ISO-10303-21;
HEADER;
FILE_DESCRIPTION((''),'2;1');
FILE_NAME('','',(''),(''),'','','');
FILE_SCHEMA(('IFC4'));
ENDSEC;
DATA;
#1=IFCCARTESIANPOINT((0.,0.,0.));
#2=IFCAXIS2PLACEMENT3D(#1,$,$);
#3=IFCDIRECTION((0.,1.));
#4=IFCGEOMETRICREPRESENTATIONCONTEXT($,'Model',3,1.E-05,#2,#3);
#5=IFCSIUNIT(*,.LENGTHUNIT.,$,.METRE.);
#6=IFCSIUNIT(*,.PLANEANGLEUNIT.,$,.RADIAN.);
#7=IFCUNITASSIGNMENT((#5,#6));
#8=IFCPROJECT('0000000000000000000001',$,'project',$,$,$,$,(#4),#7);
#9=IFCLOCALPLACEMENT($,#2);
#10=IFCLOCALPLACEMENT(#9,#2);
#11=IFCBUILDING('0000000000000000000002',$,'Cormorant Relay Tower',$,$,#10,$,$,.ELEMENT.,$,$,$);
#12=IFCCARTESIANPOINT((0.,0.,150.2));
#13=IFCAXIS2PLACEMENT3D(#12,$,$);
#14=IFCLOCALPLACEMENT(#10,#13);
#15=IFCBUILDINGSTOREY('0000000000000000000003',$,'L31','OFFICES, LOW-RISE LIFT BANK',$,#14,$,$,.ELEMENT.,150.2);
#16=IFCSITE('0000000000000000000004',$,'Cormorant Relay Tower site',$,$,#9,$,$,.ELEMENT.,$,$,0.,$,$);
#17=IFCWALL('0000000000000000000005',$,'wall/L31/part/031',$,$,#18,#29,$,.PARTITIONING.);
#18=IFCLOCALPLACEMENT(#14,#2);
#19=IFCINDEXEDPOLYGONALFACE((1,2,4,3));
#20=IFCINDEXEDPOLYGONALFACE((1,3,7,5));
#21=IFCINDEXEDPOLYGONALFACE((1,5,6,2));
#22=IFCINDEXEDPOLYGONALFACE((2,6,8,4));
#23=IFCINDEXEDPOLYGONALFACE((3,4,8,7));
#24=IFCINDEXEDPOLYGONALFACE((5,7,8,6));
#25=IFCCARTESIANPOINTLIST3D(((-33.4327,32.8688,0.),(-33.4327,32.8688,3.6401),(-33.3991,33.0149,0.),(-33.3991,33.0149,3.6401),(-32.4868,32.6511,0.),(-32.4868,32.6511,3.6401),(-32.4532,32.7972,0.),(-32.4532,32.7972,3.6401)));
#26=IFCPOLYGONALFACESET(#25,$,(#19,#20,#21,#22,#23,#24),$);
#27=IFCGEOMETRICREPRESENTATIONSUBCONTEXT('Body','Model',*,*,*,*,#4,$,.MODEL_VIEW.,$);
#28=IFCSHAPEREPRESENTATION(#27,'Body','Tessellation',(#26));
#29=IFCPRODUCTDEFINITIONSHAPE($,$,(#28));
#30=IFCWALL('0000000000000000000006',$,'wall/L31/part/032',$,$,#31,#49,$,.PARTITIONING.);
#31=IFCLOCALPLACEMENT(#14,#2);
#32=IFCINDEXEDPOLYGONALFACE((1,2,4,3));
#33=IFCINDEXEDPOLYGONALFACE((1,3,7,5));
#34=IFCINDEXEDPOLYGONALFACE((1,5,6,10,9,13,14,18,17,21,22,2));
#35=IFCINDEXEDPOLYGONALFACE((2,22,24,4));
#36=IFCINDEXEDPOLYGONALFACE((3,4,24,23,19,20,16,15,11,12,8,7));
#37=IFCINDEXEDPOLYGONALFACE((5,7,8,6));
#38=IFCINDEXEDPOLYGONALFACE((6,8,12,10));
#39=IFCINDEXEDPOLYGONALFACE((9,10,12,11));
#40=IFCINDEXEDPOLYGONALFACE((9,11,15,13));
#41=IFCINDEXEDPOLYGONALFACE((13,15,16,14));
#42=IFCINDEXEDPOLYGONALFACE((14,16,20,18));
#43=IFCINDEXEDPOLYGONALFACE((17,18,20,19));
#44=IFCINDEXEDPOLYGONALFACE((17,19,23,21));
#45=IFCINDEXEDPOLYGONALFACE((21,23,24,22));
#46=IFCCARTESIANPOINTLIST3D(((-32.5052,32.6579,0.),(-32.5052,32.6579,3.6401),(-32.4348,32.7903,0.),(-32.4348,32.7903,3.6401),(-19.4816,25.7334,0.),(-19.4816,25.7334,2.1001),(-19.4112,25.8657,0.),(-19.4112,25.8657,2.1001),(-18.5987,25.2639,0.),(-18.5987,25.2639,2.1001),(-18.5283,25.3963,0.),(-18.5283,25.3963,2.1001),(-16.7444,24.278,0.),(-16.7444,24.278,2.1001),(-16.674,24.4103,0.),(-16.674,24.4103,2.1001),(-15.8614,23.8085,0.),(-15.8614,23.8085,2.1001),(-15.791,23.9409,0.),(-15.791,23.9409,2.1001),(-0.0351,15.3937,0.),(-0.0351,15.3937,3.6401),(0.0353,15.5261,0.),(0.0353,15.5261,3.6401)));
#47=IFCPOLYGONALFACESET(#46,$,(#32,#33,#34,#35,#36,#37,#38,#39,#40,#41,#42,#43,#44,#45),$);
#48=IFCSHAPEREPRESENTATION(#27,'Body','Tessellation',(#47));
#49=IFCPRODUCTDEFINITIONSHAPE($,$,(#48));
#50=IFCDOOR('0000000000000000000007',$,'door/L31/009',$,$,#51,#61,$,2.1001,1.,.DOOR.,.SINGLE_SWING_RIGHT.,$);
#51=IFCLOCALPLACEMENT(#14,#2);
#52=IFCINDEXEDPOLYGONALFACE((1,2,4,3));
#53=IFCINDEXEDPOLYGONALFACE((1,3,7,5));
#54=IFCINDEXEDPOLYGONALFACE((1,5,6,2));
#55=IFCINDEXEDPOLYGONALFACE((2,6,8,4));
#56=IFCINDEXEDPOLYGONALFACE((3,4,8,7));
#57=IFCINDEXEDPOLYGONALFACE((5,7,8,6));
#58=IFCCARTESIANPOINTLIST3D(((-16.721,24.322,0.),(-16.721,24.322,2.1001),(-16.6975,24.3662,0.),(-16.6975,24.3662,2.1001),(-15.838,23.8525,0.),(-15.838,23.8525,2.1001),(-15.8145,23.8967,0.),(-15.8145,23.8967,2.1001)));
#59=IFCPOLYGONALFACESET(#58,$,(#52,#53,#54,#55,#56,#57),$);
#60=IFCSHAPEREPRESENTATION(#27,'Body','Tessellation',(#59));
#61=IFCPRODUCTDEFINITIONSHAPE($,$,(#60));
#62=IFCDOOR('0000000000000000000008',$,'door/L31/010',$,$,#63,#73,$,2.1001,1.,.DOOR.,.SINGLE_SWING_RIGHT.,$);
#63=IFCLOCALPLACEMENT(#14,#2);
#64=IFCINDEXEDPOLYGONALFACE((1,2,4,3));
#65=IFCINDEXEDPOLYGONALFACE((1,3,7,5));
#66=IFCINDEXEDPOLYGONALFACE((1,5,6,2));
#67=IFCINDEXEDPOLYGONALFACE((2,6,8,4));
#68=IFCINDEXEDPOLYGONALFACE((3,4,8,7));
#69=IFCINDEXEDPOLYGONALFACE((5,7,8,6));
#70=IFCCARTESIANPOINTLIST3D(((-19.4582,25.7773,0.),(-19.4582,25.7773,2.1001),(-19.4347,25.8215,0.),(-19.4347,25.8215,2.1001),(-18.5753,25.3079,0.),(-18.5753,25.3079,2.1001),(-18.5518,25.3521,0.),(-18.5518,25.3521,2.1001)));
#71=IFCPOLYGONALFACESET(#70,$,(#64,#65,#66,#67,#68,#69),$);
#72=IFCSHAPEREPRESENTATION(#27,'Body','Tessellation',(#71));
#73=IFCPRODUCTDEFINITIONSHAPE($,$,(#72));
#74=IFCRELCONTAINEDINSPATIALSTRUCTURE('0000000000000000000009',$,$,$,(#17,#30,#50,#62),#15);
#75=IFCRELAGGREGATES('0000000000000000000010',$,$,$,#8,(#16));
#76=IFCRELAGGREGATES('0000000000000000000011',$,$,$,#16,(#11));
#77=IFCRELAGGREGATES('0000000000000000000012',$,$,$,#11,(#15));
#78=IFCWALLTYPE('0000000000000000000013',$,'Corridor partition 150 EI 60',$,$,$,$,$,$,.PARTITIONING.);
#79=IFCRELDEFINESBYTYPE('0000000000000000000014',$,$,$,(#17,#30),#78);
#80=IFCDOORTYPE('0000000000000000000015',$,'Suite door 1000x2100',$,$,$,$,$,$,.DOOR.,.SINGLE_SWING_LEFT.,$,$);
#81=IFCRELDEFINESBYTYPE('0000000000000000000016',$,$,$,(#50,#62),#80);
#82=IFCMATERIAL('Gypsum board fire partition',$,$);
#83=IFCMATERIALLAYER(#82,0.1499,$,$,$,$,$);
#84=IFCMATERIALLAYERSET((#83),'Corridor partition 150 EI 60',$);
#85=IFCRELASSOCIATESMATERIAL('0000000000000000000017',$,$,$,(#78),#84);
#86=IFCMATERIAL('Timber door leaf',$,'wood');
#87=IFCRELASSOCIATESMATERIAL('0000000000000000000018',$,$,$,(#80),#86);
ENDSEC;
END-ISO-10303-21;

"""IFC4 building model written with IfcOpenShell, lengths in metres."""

from ifc_helpers import new_model, si_unit, direction, frame, frame_2d, origin, place, context, subcontext, project, spatial, rectangle, extrude, material, layer, layer_set, type_object, element, fill, save


model = new_model("IFC4")

# Units and contexts
model_context = context("Model", 3, precision=1e-05, world=origin(), true_north=direction((0.0, 1.0)))
body_context = subcontext(model_context, "Body", "Model", "MODEL_VIEW")
ifc_project = project(units=[si_unit("LENGTHUNIT", "METRE"), si_unit("PLANEANGLEUNIT", "RADIAN")], contexts=[model_context])

# Site, building, storey
site_placement = place(None, origin())
site = spatial("IfcSite", under=ifc_project, at=site_placement, Name="Cormorant Relay Tower site", CompositionType="ELEMENT", RefElevation=0.0)
building_placement = place(site_placement, origin())
building = spatial("IfcBuilding", under=site, at=building_placement, Name="Cormorant Relay Tower", CompositionType="ELEMENT")
storey_placement = place(building_placement, frame((0.0, 0.0, 150.2)))
storey = spatial("IfcBuildingStorey", under=building, at=storey_placement, Name="L31", Description="OFFICES, LOW-RISE LIFT BANK", CompositionType="ELEMENT", Elevation=150.2)

# Wall
ifc_material_1 = material(Name="Gypsum board fire partition")
ifc_layer_1 = layer(ifc_material_1, 0.1499)
ifc_layer_set_1 = layer_set([ifc_layer_1], Name="Corridor partition 150 EI 60")
wall_type_1 = type_object("IfcWallType", Name="Corridor partition 150 EI 60", PredefinedType="PARTITIONING", material=ifc_layer_set_1)
wall_1_placement = place(storey_placement, frame((-32.47, 32.7241, 0.0), z_axis=(0.0, 0.0, 1.0), x_axis=(-0.974514, 0.224327, 0.0)))
element("IfcWall", 1, at=wall_1_placement, inside=storey, type_object=wall_type_1, Name="wall/L31/part/031", PredefinedType="PARTITIONING", context=body_context, shape_type="SweptSolid", body=[
    extrude(rectangle(XDim=0.9707, YDim=0.1499, at=frame_2d((0.4854, 0.0))), origin(), (0.0, 0.0, 1.0), 3.6401),
])

# Wall, openings, doors
wall_2_placement = place(storey_placement, frame((-32.47, 32.7241, 0.0), z_axis=(0.0, 0.0, 1.0), x_axis=(0.882952, -0.469462, 0.0)))
wall_2 = element("IfcWall", 2, at=wall_2_placement, inside=storey, type_object=wall_type_1, Name="wall/L31/part/032", PredefinedType="PARTITIONING", context=body_context, shape_type="SweptSolid", body=[
    extrude(rectangle(XDim=36.7744, YDim=0.1499, at=frame_2d((18.3872, 0.0))), origin(), (0.0, 0.0, 1.0), 3.6401),
])
opening_1_placement = place(wall_2_placement, frame((17.8501, 0.0, 0.0)))
opening_1 = element("IfcOpeningElement", 3, at=opening_1_placement, cuts=wall_2, PredefinedType="OPENING", context=body_context, shape_type="SweptSolid", body=[
    extrude(rectangle(XDim=1.0, YDim=2.1001, at=frame_2d((0.5, 1.05))), frame((0.0, 0.085, 0.0), z_axis=(0.0, -1.0, 0.0), x_axis=(1.0, 0.0, 0.0)), (0.0, 0.0, 1.0), 0.1699),
])
opening_2_placement = place(wall_2_placement, frame((14.75, 0.0, 0.0)))
opening_2 = element("IfcOpeningElement", 4, at=opening_2_placement, cuts=wall_2, PredefinedType="OPENING", context=body_context, shape_type="SweptSolid", body=[
    extrude(rectangle(XDim=1.0, YDim=2.1001, at=frame_2d((0.5, 1.05))), frame((0.0, 0.085, 0.0), z_axis=(0.0, -1.0, 0.0), x_axis=(1.0, 0.0, 0.0)), (0.0, 0.0, 1.0), 0.1699),
])
ifc_material_2 = material(Name="Timber door leaf", Category="wood")
door_type_1 = type_object("IfcDoorType", Name="Suite door 1000x2100", OperationType="SINGLE_SWING_LEFT", PredefinedType="DOOR", material=ifc_material_2)
door_1_placement = place(opening_1_placement, origin())
door_1 = element("IfcDoor", 5, at=door_1_placement, inside=storey, type_object=door_type_1, Name="door/L31/009", OperationType="SINGLE_SWING_RIGHT", OverallHeight=2.1001, OverallWidth=1.0, PredefinedType="DOOR", context=body_context, shape_type="SweptSolid", body=[
    extrude(rectangle(XDim=1.0, YDim=2.1001, at=frame_2d((0.5, 1.05))), frame((0.0, 0.0249, 0.0), z_axis=(0.0, -1.0, 0.0), x_axis=(1.0, 0.0, 0.0)), (0.0, 0.0, 1.0), 0.05),
])
fill(opening_1, door_1)
door_2_placement = place(opening_2_placement, origin())
door_2 = element("IfcDoor", 6, at=door_2_placement, inside=storey, type_object=door_type_1, Name="door/L31/010", OperationType="SINGLE_SWING_RIGHT", OverallHeight=2.1001, OverallWidth=1.0, PredefinedType="DOOR", context=body_context, shape_type="SweptSolid", body=[
    extrude(rectangle(XDim=1.0, YDim=2.1001, at=frame_2d((0.5, 1.05))), frame((0.0, 0.0249, 0.0), z_axis=(0.0, -1.0, 0.0), x_axis=(1.0, 0.0, 0.0)), (0.0, 0.0, 1.0), 0.05),
])
fill(opening_2, door_2)

save(model, "model.ifc")
